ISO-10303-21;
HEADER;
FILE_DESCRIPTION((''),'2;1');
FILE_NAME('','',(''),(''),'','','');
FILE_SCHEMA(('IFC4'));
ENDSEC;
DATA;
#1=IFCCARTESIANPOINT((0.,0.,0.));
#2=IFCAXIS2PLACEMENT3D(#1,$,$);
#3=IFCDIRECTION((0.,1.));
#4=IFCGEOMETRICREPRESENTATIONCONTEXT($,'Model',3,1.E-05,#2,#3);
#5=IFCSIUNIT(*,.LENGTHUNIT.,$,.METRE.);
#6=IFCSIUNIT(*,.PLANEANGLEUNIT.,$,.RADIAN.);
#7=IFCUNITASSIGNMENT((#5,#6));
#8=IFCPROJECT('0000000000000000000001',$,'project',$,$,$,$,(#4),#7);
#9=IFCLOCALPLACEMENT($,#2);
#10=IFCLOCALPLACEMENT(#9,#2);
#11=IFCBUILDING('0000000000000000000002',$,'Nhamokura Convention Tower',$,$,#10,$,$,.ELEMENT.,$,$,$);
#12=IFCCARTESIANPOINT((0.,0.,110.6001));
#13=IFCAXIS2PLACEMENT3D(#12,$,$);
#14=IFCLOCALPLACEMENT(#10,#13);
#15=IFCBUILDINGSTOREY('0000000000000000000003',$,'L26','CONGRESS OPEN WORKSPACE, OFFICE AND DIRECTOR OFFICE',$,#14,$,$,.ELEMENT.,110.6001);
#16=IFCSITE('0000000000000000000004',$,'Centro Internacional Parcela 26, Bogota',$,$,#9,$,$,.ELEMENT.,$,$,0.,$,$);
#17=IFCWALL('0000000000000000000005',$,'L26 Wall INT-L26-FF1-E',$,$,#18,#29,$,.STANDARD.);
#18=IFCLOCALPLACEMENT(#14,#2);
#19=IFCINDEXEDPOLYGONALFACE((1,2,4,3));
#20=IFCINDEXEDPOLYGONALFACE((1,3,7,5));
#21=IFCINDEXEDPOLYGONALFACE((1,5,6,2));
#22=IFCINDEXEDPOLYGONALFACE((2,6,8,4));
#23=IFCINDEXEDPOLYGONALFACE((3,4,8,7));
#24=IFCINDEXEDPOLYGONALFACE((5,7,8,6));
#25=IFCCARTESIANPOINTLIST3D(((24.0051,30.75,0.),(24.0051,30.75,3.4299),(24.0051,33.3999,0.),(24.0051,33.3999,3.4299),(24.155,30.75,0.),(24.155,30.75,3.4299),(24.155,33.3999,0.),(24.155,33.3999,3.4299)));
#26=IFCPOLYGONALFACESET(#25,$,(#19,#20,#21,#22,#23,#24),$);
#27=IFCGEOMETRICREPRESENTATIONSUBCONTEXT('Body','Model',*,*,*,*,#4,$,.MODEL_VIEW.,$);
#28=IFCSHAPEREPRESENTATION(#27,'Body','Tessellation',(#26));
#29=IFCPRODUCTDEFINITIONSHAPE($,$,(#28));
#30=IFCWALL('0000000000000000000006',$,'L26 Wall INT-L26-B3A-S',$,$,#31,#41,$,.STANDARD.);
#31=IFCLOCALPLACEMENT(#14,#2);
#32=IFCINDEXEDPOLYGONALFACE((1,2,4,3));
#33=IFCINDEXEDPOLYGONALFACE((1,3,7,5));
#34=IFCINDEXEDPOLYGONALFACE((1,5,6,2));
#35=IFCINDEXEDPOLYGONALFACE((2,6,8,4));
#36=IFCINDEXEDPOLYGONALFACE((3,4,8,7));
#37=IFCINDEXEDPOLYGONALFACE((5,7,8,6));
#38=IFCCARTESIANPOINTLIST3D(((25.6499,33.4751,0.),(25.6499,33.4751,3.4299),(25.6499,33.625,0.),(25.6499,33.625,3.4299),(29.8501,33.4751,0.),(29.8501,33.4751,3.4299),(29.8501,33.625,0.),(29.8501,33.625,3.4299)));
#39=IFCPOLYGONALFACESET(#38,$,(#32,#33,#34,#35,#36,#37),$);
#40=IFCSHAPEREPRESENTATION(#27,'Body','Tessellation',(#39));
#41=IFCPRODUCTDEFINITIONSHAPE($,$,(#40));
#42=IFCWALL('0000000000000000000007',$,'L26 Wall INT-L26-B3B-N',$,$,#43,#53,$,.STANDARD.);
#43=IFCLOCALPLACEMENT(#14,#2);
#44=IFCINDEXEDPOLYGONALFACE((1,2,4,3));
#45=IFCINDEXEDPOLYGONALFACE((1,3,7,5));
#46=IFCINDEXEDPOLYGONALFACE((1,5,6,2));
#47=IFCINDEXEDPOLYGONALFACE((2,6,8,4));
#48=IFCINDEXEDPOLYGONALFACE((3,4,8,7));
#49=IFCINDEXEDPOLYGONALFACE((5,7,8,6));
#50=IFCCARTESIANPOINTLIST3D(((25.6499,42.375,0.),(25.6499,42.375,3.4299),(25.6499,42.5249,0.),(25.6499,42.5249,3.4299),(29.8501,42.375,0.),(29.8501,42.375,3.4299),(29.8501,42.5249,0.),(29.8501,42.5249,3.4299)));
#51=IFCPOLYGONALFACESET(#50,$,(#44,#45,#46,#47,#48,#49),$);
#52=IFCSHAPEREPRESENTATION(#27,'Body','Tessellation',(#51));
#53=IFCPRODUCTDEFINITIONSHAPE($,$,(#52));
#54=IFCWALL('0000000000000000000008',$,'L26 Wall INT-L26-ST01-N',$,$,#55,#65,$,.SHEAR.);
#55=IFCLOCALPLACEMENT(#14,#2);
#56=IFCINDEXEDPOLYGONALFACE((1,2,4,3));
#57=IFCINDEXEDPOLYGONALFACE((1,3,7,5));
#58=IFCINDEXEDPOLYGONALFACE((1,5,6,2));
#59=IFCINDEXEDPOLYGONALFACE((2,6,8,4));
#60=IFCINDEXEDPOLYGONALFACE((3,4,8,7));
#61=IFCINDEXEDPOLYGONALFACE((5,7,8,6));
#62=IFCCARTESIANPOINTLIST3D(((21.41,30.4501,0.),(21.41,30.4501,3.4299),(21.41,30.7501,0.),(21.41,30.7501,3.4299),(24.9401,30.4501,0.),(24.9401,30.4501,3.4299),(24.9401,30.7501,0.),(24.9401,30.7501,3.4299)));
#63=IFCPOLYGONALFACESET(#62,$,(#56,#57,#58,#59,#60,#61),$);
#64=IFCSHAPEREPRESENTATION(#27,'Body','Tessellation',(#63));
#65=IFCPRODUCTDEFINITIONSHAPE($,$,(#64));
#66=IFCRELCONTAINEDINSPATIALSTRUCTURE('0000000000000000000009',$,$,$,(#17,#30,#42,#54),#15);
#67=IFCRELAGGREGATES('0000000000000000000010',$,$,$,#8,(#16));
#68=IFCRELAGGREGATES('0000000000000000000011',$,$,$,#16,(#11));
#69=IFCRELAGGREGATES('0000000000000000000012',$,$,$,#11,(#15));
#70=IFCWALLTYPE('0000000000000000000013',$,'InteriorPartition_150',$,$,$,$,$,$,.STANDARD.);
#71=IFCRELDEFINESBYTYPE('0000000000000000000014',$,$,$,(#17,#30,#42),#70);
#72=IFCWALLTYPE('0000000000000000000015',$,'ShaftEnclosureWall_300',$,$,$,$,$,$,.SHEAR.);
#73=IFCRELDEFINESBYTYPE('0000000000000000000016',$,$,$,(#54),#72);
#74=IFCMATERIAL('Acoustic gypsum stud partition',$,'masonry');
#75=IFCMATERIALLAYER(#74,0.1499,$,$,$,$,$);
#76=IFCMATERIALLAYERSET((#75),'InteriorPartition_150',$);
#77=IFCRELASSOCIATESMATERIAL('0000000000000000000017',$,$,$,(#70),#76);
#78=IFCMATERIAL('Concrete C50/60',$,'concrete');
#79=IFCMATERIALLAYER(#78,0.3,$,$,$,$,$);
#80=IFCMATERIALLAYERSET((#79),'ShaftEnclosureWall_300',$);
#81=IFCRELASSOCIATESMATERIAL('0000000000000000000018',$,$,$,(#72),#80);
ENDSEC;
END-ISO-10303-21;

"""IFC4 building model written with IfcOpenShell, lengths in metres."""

from ifc_helpers import new_model, si_unit, direction, frame, frame_2d, origin, place, context, subcontext, project, spatial, rectangle, extrude, material, layer, layer_set, type_object, element, save


model = new_model("IFC4")

# Units and contexts
model_context = context("Model", 3, precision=1e-05, world=origin(), true_north=direction((0.0, 1.0)))
body_context = subcontext(model_context, "Body", "Model", "MODEL_VIEW")
ifc_project = project(units=[si_unit("LENGTHUNIT", "METRE"), si_unit("PLANEANGLEUNIT", "RADIAN")], contexts=[model_context])

# Site, building, storey
site_placement = place(None, origin())
site = spatial("IfcSite", under=ifc_project, at=site_placement, Name="Centro Internacional Parcela 26, Bogota", CompositionType="ELEMENT", RefElevation=0.0)
building_placement = place(site_placement, origin())
building = spatial("IfcBuilding", under=site, at=building_placement, Name="Nhamokura Convention Tower", CompositionType="ELEMENT")
storey_placement = place(building_placement, frame((0.0, 0.0, 110.6001)))
storey = spatial("IfcBuildingStorey", under=building, at=storey_placement, Name="L26", Description="CONGRESS OPEN WORKSPACE, OFFICE AND DIRECTOR OFFICE", CompositionType="ELEMENT", Elevation=110.6001)

# Walls
ifc_material_1 = material(Name="Acoustic gypsum stud partition", Category="masonry")
ifc_layer_1 = layer(ifc_material_1, 0.1499)
ifc_layer_set_1 = layer_set([ifc_layer_1], Name="InteriorPartition_150")
wall_type_1 = type_object("IfcWallType", Name="InteriorPartition_150", PredefinedType="STANDARD", material=ifc_layer_set_1)
wall_1_placement = place(storey_placement, frame((24.0801, 30.75, 0.0), z_axis=(0.0, 0.0, 1.0), x_axis=(0.0, 1.0, 0.0)))
element("IfcWall", 1, at=wall_1_placement, inside=storey, type_object=wall_type_1, Name="L26 Wall INT-L26-FF1-E", PredefinedType="STANDARD", context=body_context, shape_type="SweptSolid", body=[
    extrude(rectangle(XDim=2.6499, YDim=0.1499, at=frame_2d((1.325, 0.0))), origin(), (0.0, 0.0, 1.0), 3.4299),
])
for number, where, z_axis, x_axis, name in (
    (2, (25.6499, 33.55, 0.0), (0.0, 0.0, 1.0), (1.0, 0.0, 0.0), "L26 Wall INT-L26-B3A-S"),
    (3, (25.6499, 42.45, 0.0), (0.0, 0.0, 1.0), (1.0, 0.0, 0.0), "L26 Wall INT-L26-B3B-N"),
):
    element("IfcWall", number, at=place(storey_placement, frame(where, z_axis=z_axis, x_axis=x_axis)), inside=storey, type_object=wall_type_1, Name=name, PredefinedType="STANDARD", context=body_context, shape_type="SweptSolid", body=[
        extrude(rectangle(XDim=4.2002, YDim=0.1499, at=frame_2d((2.1001, 0.0))), origin(), (0.0, 0.0, 1.0), 3.4299),
    ])
ifc_material_2 = material(Name="Concrete C50/60", Category="concrete")
ifc_layer_2 = layer(ifc_material_2, 0.3)
ifc_layer_set_2 = layer_set([ifc_layer_2], Name="ShaftEnclosureWall_300")
wall_type_2 = type_object("IfcWallType", Name="ShaftEnclosureWall_300", PredefinedType="SHEAR", material=ifc_layer_set_2)
wall_2_placement = place(storey_placement, frame((21.4099, 30.6001, 0.0), z_axis=(0.0, 0.0, 1.0), x_axis=(1.0, 0.0, 0.0)))
element("IfcWall", 4, at=wall_2_placement, inside=storey, type_object=wall_type_2, Name="L26 Wall INT-L26-ST01-N", PredefinedType="SHEAR", context=body_context, shape_type="SweptSolid", body=[
    extrude(rectangle(XDim=3.53, YDim=0.3, at=frame_2d((1.7651, 0.0))), origin(), (0.0, 0.0, 1.0), 3.4299),
])

save(model, "model.ifc")
